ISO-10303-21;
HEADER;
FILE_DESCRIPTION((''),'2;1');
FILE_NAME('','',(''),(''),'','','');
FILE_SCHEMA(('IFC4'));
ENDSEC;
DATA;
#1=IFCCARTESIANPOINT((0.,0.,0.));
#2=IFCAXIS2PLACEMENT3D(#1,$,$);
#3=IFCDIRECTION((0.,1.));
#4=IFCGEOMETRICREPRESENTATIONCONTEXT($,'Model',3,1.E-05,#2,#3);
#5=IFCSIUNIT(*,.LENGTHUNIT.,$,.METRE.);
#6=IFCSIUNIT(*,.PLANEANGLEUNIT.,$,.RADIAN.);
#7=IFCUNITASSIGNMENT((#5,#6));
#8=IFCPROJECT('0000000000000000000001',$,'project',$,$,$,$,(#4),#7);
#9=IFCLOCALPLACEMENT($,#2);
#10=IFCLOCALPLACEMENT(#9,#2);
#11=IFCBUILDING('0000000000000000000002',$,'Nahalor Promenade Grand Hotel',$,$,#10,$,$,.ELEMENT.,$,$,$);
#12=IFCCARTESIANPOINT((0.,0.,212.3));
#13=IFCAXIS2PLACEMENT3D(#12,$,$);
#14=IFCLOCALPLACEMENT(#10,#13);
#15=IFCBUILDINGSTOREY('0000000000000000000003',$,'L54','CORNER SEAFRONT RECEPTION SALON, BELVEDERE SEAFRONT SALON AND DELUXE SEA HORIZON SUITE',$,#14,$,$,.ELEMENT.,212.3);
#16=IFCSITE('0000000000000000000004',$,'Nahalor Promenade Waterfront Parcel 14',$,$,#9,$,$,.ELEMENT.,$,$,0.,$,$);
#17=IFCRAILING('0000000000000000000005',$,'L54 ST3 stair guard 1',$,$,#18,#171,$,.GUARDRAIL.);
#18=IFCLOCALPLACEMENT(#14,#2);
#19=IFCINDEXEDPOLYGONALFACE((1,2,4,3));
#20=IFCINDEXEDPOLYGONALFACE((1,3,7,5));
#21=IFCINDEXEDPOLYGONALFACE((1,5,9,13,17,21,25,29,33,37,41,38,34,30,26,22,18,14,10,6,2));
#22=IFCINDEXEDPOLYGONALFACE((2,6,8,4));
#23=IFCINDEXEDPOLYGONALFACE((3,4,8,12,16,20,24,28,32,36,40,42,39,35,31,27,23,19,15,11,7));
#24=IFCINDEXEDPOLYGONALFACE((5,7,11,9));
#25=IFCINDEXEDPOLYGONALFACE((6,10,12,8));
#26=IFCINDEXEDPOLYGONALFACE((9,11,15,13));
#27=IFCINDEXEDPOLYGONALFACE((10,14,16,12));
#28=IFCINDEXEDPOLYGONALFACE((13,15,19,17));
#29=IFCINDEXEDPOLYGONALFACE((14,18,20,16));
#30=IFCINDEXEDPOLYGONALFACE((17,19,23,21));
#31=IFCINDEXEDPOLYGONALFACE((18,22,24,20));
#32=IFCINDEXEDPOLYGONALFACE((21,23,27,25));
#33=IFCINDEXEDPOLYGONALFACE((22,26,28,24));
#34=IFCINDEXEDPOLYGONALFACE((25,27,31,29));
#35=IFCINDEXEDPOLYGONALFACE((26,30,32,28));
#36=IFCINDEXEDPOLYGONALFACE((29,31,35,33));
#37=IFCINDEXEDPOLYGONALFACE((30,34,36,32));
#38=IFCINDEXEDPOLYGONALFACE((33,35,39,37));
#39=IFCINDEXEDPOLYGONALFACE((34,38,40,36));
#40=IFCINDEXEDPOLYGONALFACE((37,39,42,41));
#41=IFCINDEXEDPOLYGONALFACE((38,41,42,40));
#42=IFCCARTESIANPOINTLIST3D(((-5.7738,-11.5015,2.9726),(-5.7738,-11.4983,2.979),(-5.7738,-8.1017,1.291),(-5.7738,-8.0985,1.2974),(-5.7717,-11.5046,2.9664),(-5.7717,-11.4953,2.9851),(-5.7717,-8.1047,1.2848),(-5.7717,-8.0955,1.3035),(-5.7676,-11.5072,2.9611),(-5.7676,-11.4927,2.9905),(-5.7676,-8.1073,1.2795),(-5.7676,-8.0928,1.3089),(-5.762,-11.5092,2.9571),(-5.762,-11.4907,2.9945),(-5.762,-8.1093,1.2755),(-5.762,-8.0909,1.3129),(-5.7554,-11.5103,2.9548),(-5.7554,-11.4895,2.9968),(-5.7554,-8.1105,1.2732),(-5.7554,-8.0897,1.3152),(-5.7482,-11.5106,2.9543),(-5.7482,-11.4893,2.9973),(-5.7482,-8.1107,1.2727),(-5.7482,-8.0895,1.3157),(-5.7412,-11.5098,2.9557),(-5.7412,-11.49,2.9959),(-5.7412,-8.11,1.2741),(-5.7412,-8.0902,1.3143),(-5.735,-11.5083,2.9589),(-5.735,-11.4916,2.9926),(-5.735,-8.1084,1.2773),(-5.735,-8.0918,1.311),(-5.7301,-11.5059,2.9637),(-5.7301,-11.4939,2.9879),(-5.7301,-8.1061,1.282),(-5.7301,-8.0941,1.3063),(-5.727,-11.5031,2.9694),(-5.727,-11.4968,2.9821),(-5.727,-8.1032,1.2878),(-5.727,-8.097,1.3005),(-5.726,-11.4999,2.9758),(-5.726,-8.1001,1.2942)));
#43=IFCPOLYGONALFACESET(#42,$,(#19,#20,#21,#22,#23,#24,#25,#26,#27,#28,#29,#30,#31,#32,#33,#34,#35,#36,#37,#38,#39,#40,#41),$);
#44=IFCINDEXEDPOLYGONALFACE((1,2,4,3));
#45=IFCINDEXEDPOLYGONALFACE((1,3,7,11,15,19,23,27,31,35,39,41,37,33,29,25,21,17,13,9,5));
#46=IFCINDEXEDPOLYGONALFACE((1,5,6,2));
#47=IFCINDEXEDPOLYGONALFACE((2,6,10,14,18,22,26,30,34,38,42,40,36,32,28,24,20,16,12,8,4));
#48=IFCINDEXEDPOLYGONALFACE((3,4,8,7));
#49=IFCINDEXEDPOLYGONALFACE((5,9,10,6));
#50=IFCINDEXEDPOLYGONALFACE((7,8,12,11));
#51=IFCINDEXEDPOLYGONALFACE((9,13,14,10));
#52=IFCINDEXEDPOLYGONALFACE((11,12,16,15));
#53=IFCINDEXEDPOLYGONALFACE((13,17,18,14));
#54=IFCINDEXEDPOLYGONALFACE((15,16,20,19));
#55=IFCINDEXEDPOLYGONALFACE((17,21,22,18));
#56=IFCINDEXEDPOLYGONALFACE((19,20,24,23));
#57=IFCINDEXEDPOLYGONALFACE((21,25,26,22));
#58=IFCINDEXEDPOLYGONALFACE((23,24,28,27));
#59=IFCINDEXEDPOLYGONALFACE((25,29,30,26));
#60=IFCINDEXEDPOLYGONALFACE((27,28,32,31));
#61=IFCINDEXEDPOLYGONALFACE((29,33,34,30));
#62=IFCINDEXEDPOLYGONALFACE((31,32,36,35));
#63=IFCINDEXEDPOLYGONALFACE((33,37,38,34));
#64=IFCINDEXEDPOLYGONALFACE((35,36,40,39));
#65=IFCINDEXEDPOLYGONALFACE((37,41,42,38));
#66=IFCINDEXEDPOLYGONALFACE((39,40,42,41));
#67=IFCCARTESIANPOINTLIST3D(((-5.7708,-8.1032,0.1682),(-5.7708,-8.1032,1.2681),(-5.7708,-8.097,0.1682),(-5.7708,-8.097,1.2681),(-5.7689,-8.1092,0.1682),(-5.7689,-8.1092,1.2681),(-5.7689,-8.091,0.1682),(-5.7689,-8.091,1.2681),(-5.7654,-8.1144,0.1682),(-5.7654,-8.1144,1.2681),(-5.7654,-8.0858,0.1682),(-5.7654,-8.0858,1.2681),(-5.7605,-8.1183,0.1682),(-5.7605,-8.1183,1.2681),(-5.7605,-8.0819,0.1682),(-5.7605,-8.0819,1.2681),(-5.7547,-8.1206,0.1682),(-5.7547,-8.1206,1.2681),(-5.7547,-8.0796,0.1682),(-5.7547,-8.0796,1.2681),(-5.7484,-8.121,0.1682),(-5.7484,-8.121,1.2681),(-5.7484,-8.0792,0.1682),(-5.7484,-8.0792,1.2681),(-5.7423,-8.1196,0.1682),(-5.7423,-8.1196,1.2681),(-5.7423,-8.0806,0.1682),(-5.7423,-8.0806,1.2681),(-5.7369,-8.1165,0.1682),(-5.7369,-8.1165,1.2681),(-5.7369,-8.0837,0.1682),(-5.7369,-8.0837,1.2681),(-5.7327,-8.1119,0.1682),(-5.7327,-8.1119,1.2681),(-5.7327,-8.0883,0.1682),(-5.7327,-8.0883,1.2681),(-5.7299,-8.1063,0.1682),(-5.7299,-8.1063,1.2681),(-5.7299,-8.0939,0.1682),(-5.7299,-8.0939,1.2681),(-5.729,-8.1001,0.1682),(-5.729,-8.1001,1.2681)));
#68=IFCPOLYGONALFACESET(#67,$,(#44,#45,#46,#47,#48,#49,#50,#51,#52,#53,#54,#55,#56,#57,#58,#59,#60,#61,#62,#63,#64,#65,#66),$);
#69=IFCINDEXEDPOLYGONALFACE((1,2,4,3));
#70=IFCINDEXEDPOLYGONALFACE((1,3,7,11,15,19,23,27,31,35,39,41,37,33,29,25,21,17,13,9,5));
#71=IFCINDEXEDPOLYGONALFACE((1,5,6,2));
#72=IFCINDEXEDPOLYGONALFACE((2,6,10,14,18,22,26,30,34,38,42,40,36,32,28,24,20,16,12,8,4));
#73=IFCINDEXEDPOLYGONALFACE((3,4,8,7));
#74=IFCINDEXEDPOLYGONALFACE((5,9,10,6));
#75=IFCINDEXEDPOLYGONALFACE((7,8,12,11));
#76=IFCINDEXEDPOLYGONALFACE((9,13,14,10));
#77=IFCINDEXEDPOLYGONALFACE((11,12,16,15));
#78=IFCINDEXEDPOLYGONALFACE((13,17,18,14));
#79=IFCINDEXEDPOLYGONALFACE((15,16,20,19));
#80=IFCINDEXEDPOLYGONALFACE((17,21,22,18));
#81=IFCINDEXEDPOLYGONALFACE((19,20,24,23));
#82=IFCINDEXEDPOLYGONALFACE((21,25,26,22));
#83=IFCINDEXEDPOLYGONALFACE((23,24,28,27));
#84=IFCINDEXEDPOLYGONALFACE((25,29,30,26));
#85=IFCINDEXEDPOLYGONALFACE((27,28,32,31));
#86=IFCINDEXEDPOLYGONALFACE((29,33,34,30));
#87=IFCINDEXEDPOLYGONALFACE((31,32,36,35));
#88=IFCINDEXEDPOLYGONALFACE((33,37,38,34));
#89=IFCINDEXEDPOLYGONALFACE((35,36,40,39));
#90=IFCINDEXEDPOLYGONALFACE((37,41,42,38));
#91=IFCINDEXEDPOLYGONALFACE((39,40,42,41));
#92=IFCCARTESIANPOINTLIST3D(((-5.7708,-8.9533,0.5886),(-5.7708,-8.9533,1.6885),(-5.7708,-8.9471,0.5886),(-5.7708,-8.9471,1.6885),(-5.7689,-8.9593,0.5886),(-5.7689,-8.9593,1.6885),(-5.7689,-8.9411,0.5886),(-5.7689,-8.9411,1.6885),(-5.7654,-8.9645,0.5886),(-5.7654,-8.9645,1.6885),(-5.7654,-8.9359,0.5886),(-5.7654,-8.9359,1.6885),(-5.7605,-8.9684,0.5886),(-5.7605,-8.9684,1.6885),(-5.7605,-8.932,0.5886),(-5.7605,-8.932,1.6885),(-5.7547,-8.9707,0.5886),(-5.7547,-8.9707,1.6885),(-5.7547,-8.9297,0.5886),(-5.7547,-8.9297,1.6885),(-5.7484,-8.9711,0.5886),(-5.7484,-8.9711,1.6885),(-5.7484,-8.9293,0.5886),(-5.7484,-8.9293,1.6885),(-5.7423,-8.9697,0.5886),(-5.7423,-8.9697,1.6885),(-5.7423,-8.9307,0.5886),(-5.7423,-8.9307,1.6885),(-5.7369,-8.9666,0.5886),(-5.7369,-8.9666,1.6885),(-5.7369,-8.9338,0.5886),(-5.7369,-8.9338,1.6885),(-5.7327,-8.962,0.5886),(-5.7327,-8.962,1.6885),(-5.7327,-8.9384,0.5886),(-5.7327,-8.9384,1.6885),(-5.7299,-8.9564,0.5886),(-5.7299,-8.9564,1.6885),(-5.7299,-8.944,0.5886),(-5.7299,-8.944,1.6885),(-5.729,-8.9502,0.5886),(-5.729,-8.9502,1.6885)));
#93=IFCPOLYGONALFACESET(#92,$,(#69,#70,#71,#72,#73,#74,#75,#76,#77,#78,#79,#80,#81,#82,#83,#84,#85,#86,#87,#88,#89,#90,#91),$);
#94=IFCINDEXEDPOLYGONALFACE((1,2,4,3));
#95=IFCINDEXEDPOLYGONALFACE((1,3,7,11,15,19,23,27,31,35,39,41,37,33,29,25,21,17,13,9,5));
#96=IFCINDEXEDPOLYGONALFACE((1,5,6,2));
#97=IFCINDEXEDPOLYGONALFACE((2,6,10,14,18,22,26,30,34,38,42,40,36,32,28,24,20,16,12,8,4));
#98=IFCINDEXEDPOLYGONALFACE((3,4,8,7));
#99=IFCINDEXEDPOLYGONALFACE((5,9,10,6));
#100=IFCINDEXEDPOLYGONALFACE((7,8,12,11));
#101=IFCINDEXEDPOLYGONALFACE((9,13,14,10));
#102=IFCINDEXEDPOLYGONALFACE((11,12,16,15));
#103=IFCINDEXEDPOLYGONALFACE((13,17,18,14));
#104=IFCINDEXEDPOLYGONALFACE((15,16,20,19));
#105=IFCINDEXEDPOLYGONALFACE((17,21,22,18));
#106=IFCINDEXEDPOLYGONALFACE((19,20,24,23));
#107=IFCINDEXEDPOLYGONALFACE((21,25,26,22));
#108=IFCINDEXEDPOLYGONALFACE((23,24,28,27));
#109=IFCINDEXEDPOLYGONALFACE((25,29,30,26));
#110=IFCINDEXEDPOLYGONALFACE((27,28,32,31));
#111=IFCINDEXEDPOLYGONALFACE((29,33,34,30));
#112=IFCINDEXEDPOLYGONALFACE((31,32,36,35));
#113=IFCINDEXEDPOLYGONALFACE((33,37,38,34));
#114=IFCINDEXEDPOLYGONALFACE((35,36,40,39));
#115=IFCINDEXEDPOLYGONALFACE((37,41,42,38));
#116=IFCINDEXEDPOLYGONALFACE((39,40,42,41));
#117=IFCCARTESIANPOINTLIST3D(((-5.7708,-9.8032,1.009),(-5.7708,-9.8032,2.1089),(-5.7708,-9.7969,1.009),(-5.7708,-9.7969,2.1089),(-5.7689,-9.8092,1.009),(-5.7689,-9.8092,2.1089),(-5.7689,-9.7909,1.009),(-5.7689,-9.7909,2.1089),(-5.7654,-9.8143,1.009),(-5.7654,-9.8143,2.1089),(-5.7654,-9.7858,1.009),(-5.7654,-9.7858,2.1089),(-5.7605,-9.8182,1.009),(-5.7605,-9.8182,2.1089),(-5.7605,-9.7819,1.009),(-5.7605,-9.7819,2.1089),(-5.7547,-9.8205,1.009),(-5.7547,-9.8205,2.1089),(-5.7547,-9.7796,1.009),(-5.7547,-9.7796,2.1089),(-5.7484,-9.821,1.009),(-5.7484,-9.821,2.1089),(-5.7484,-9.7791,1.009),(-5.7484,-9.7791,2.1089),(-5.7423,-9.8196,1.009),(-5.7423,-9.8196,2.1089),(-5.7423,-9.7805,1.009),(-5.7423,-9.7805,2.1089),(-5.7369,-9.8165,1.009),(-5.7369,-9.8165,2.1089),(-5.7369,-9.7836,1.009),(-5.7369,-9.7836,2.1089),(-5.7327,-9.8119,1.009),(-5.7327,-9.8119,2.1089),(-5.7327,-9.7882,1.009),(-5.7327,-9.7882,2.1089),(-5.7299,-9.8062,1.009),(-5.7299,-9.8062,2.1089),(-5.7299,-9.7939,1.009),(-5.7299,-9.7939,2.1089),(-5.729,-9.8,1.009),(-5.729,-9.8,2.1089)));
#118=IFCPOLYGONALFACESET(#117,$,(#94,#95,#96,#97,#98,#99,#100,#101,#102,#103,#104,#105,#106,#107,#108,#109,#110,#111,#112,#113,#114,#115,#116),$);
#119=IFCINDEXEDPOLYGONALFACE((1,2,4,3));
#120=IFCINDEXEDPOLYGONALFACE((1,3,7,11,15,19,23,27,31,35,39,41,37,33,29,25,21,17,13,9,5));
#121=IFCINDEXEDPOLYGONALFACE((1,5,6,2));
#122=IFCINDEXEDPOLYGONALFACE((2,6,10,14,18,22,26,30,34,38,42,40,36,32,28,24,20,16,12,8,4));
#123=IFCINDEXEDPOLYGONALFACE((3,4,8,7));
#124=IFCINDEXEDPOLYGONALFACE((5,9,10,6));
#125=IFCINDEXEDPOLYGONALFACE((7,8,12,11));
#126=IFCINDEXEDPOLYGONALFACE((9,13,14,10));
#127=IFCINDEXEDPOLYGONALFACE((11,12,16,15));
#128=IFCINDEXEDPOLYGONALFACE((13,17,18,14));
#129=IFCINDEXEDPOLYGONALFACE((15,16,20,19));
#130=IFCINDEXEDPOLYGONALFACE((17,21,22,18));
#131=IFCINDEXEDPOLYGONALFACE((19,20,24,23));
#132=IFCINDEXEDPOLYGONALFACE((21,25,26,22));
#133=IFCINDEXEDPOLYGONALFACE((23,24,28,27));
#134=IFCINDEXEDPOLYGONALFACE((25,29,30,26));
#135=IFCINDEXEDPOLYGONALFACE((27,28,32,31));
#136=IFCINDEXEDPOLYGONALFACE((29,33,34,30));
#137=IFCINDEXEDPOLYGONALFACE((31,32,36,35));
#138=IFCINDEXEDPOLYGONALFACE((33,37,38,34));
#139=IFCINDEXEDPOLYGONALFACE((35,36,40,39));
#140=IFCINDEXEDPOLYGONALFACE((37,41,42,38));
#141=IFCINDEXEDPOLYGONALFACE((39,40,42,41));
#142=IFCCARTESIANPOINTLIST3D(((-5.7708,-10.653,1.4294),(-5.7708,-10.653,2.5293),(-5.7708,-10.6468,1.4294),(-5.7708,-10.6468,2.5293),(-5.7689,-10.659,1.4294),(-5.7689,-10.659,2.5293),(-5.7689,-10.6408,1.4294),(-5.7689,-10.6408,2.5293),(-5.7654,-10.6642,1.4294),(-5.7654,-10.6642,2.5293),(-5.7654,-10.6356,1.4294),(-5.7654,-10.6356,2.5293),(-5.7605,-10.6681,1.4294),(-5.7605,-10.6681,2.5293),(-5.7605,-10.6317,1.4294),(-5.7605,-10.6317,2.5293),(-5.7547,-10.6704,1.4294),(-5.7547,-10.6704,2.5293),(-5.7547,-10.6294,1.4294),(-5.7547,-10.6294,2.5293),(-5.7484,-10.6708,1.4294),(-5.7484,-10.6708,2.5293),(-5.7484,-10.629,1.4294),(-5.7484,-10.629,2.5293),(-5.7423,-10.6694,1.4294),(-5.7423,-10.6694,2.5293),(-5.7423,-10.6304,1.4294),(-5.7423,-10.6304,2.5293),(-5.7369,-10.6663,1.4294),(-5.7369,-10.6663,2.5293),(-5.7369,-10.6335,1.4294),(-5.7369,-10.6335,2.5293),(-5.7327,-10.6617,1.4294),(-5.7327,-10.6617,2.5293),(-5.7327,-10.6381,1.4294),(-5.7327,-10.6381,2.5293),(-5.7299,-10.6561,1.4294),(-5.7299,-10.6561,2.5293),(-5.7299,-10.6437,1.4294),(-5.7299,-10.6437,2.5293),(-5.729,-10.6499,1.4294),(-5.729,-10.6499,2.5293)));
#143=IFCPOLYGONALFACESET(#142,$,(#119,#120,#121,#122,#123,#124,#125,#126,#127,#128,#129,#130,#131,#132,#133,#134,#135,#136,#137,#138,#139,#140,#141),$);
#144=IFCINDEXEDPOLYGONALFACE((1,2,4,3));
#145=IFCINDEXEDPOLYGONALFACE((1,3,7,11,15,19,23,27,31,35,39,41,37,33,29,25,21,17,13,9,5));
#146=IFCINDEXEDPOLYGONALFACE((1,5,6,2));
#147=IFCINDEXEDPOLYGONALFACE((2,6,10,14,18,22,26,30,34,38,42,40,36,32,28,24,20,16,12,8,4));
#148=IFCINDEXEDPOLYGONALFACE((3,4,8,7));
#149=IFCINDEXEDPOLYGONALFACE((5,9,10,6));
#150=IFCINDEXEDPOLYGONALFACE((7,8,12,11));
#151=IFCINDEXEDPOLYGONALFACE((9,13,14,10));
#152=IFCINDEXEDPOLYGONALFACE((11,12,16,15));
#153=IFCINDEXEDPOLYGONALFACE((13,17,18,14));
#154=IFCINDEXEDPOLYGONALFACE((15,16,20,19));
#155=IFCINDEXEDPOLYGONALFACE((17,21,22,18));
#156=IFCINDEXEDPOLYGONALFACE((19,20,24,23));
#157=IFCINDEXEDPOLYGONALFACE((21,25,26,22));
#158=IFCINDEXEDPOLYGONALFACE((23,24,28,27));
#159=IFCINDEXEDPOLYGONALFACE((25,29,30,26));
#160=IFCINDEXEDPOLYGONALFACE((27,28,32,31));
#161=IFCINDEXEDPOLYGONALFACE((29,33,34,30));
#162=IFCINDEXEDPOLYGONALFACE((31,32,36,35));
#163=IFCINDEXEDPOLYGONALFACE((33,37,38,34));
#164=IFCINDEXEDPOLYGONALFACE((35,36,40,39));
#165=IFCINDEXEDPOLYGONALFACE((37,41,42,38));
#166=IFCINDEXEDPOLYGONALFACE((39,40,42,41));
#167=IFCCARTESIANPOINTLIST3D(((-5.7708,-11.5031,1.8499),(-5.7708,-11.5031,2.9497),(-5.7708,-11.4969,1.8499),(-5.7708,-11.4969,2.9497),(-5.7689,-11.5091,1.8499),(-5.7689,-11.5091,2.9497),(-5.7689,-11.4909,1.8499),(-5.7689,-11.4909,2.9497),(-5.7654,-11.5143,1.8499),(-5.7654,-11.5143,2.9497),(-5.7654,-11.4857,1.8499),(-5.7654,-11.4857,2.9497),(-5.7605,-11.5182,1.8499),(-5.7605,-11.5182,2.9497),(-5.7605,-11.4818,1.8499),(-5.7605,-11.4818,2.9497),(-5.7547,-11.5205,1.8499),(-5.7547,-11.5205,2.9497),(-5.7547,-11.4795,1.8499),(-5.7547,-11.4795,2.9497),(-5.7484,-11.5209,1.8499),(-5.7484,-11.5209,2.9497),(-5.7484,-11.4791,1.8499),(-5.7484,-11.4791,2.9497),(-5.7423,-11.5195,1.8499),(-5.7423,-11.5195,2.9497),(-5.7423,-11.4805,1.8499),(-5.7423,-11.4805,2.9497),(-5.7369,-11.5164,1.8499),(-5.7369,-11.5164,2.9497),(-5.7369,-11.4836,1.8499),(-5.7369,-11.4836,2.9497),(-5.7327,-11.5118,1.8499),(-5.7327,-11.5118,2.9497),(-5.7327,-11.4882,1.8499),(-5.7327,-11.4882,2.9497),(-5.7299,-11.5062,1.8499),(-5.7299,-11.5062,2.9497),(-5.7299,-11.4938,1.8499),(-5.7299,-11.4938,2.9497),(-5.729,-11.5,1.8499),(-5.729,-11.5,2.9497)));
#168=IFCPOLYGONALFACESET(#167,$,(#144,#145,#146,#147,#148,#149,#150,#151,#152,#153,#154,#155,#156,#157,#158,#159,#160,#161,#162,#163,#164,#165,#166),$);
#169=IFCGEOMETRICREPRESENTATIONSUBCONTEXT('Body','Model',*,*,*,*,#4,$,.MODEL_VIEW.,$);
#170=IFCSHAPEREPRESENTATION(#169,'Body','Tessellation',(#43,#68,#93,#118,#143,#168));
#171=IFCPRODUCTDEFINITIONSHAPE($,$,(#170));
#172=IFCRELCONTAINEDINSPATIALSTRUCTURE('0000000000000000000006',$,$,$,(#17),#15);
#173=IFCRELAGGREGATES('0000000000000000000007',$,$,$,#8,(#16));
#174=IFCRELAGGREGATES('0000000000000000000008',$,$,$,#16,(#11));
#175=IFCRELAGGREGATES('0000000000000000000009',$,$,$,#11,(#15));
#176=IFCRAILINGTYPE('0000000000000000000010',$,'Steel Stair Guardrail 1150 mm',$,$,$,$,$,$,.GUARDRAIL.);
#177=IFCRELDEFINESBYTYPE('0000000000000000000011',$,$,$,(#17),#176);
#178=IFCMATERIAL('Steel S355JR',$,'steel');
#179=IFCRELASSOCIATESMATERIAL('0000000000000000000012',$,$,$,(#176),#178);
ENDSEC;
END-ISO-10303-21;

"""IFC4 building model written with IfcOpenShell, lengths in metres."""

from ifc_helpers import new_model, si_unit, direction, frame, origin, origin_2d, place, context, subcontext, project, spatial, circle, extrude, material, type_object, element, save


model = new_model("IFC4")

# Units and contexts
model_context = context("Model", 3, precision=1e-05, world=origin(), true_north=direction((0.0, 1.0)))
body_context = subcontext(model_context, "Body", "Model", "MODEL_VIEW")
ifc_project = project(units=[si_unit("LENGTHUNIT", "METRE"), si_unit("PLANEANGLEUNIT", "RADIAN")], contexts=[model_context])

# Site, building, storey
site_placement = place(None, origin())
site = spatial("IfcSite", under=ifc_project, at=site_placement, Name="Nahalor Promenade Waterfront Parcel 14", CompositionType="ELEMENT", RefElevation=0.0)
building_placement = place(site_placement, origin())
building = spatial("IfcBuilding", under=site, at=building_placement, Name="Nahalor Promenade Grand Hotel", CompositionType="ELEMENT")
storey_placement = place(building_placement, frame((0.0, 0.0, 212.3)))
storey = spatial("IfcBuildingStorey", under=building, at=storey_placement, Name="L54", Description="CORNER SEAFRONT RECEPTION SALON, BELVEDERE SEAFRONT SALON AND DELUXE SEA HORIZON SUITE", CompositionType="ELEMENT", Elevation=212.3)

# Shared definitions
ifc_material_1 = material(Name="Steel S355JR", Category="steel")

# Railing
railing_type_1 = type_object("IfcRailingType", Name="Steel Stair Guardrail 1150 mm", PredefinedType="GUARDRAIL", material=ifc_material_1)
railing_1_placement = place(storey_placement, frame((-5.75, -8.1001, 0.1682)))
element("IfcRailing", 1, at=railing_1_placement, inside=storey, type_object=railing_type_1, Name="L54 ST3 stair guard 1", PredefinedType="GUARDRAIL", context=body_context, shape_type="SweptSolid", body=[
    extrude(circle(Radius=0.024, at=origin_2d()), frame((0.0, 0.0, 1.126), z_axis=(0.0, -0.89635, 0.443348), x_axis=(1.0, 0.0, 0.0)), (0.0, 0.0, 1.0), 3.793),
    extrude(circle(Radius=0.021, at=origin_2d()), origin(), (0.0, 0.0, 1.0), 1.0999),
    extrude(circle(Radius=0.021, at=origin_2d()), frame((0.0, -0.8501, 0.4204)), (0.0, 0.0, 1.0), 1.0999),
    extrude(circle(Radius=0.021, at=origin_2d()), frame((0.0, -1.7, 0.8408)), (0.0, 0.0, 1.0), 1.0999),
    extrude(circle(Radius=0.021, at=origin_2d()), frame((0.0, -2.5498, 1.2612)), (0.0, 0.0, 1.0), 1.0999),
    extrude(circle(Radius=0.021, at=origin_2d()), frame((0.0, -3.3999, 1.6816)), (0.0, 0.0, 1.0), 1.0999),
])

save(model, "model.ifc")
